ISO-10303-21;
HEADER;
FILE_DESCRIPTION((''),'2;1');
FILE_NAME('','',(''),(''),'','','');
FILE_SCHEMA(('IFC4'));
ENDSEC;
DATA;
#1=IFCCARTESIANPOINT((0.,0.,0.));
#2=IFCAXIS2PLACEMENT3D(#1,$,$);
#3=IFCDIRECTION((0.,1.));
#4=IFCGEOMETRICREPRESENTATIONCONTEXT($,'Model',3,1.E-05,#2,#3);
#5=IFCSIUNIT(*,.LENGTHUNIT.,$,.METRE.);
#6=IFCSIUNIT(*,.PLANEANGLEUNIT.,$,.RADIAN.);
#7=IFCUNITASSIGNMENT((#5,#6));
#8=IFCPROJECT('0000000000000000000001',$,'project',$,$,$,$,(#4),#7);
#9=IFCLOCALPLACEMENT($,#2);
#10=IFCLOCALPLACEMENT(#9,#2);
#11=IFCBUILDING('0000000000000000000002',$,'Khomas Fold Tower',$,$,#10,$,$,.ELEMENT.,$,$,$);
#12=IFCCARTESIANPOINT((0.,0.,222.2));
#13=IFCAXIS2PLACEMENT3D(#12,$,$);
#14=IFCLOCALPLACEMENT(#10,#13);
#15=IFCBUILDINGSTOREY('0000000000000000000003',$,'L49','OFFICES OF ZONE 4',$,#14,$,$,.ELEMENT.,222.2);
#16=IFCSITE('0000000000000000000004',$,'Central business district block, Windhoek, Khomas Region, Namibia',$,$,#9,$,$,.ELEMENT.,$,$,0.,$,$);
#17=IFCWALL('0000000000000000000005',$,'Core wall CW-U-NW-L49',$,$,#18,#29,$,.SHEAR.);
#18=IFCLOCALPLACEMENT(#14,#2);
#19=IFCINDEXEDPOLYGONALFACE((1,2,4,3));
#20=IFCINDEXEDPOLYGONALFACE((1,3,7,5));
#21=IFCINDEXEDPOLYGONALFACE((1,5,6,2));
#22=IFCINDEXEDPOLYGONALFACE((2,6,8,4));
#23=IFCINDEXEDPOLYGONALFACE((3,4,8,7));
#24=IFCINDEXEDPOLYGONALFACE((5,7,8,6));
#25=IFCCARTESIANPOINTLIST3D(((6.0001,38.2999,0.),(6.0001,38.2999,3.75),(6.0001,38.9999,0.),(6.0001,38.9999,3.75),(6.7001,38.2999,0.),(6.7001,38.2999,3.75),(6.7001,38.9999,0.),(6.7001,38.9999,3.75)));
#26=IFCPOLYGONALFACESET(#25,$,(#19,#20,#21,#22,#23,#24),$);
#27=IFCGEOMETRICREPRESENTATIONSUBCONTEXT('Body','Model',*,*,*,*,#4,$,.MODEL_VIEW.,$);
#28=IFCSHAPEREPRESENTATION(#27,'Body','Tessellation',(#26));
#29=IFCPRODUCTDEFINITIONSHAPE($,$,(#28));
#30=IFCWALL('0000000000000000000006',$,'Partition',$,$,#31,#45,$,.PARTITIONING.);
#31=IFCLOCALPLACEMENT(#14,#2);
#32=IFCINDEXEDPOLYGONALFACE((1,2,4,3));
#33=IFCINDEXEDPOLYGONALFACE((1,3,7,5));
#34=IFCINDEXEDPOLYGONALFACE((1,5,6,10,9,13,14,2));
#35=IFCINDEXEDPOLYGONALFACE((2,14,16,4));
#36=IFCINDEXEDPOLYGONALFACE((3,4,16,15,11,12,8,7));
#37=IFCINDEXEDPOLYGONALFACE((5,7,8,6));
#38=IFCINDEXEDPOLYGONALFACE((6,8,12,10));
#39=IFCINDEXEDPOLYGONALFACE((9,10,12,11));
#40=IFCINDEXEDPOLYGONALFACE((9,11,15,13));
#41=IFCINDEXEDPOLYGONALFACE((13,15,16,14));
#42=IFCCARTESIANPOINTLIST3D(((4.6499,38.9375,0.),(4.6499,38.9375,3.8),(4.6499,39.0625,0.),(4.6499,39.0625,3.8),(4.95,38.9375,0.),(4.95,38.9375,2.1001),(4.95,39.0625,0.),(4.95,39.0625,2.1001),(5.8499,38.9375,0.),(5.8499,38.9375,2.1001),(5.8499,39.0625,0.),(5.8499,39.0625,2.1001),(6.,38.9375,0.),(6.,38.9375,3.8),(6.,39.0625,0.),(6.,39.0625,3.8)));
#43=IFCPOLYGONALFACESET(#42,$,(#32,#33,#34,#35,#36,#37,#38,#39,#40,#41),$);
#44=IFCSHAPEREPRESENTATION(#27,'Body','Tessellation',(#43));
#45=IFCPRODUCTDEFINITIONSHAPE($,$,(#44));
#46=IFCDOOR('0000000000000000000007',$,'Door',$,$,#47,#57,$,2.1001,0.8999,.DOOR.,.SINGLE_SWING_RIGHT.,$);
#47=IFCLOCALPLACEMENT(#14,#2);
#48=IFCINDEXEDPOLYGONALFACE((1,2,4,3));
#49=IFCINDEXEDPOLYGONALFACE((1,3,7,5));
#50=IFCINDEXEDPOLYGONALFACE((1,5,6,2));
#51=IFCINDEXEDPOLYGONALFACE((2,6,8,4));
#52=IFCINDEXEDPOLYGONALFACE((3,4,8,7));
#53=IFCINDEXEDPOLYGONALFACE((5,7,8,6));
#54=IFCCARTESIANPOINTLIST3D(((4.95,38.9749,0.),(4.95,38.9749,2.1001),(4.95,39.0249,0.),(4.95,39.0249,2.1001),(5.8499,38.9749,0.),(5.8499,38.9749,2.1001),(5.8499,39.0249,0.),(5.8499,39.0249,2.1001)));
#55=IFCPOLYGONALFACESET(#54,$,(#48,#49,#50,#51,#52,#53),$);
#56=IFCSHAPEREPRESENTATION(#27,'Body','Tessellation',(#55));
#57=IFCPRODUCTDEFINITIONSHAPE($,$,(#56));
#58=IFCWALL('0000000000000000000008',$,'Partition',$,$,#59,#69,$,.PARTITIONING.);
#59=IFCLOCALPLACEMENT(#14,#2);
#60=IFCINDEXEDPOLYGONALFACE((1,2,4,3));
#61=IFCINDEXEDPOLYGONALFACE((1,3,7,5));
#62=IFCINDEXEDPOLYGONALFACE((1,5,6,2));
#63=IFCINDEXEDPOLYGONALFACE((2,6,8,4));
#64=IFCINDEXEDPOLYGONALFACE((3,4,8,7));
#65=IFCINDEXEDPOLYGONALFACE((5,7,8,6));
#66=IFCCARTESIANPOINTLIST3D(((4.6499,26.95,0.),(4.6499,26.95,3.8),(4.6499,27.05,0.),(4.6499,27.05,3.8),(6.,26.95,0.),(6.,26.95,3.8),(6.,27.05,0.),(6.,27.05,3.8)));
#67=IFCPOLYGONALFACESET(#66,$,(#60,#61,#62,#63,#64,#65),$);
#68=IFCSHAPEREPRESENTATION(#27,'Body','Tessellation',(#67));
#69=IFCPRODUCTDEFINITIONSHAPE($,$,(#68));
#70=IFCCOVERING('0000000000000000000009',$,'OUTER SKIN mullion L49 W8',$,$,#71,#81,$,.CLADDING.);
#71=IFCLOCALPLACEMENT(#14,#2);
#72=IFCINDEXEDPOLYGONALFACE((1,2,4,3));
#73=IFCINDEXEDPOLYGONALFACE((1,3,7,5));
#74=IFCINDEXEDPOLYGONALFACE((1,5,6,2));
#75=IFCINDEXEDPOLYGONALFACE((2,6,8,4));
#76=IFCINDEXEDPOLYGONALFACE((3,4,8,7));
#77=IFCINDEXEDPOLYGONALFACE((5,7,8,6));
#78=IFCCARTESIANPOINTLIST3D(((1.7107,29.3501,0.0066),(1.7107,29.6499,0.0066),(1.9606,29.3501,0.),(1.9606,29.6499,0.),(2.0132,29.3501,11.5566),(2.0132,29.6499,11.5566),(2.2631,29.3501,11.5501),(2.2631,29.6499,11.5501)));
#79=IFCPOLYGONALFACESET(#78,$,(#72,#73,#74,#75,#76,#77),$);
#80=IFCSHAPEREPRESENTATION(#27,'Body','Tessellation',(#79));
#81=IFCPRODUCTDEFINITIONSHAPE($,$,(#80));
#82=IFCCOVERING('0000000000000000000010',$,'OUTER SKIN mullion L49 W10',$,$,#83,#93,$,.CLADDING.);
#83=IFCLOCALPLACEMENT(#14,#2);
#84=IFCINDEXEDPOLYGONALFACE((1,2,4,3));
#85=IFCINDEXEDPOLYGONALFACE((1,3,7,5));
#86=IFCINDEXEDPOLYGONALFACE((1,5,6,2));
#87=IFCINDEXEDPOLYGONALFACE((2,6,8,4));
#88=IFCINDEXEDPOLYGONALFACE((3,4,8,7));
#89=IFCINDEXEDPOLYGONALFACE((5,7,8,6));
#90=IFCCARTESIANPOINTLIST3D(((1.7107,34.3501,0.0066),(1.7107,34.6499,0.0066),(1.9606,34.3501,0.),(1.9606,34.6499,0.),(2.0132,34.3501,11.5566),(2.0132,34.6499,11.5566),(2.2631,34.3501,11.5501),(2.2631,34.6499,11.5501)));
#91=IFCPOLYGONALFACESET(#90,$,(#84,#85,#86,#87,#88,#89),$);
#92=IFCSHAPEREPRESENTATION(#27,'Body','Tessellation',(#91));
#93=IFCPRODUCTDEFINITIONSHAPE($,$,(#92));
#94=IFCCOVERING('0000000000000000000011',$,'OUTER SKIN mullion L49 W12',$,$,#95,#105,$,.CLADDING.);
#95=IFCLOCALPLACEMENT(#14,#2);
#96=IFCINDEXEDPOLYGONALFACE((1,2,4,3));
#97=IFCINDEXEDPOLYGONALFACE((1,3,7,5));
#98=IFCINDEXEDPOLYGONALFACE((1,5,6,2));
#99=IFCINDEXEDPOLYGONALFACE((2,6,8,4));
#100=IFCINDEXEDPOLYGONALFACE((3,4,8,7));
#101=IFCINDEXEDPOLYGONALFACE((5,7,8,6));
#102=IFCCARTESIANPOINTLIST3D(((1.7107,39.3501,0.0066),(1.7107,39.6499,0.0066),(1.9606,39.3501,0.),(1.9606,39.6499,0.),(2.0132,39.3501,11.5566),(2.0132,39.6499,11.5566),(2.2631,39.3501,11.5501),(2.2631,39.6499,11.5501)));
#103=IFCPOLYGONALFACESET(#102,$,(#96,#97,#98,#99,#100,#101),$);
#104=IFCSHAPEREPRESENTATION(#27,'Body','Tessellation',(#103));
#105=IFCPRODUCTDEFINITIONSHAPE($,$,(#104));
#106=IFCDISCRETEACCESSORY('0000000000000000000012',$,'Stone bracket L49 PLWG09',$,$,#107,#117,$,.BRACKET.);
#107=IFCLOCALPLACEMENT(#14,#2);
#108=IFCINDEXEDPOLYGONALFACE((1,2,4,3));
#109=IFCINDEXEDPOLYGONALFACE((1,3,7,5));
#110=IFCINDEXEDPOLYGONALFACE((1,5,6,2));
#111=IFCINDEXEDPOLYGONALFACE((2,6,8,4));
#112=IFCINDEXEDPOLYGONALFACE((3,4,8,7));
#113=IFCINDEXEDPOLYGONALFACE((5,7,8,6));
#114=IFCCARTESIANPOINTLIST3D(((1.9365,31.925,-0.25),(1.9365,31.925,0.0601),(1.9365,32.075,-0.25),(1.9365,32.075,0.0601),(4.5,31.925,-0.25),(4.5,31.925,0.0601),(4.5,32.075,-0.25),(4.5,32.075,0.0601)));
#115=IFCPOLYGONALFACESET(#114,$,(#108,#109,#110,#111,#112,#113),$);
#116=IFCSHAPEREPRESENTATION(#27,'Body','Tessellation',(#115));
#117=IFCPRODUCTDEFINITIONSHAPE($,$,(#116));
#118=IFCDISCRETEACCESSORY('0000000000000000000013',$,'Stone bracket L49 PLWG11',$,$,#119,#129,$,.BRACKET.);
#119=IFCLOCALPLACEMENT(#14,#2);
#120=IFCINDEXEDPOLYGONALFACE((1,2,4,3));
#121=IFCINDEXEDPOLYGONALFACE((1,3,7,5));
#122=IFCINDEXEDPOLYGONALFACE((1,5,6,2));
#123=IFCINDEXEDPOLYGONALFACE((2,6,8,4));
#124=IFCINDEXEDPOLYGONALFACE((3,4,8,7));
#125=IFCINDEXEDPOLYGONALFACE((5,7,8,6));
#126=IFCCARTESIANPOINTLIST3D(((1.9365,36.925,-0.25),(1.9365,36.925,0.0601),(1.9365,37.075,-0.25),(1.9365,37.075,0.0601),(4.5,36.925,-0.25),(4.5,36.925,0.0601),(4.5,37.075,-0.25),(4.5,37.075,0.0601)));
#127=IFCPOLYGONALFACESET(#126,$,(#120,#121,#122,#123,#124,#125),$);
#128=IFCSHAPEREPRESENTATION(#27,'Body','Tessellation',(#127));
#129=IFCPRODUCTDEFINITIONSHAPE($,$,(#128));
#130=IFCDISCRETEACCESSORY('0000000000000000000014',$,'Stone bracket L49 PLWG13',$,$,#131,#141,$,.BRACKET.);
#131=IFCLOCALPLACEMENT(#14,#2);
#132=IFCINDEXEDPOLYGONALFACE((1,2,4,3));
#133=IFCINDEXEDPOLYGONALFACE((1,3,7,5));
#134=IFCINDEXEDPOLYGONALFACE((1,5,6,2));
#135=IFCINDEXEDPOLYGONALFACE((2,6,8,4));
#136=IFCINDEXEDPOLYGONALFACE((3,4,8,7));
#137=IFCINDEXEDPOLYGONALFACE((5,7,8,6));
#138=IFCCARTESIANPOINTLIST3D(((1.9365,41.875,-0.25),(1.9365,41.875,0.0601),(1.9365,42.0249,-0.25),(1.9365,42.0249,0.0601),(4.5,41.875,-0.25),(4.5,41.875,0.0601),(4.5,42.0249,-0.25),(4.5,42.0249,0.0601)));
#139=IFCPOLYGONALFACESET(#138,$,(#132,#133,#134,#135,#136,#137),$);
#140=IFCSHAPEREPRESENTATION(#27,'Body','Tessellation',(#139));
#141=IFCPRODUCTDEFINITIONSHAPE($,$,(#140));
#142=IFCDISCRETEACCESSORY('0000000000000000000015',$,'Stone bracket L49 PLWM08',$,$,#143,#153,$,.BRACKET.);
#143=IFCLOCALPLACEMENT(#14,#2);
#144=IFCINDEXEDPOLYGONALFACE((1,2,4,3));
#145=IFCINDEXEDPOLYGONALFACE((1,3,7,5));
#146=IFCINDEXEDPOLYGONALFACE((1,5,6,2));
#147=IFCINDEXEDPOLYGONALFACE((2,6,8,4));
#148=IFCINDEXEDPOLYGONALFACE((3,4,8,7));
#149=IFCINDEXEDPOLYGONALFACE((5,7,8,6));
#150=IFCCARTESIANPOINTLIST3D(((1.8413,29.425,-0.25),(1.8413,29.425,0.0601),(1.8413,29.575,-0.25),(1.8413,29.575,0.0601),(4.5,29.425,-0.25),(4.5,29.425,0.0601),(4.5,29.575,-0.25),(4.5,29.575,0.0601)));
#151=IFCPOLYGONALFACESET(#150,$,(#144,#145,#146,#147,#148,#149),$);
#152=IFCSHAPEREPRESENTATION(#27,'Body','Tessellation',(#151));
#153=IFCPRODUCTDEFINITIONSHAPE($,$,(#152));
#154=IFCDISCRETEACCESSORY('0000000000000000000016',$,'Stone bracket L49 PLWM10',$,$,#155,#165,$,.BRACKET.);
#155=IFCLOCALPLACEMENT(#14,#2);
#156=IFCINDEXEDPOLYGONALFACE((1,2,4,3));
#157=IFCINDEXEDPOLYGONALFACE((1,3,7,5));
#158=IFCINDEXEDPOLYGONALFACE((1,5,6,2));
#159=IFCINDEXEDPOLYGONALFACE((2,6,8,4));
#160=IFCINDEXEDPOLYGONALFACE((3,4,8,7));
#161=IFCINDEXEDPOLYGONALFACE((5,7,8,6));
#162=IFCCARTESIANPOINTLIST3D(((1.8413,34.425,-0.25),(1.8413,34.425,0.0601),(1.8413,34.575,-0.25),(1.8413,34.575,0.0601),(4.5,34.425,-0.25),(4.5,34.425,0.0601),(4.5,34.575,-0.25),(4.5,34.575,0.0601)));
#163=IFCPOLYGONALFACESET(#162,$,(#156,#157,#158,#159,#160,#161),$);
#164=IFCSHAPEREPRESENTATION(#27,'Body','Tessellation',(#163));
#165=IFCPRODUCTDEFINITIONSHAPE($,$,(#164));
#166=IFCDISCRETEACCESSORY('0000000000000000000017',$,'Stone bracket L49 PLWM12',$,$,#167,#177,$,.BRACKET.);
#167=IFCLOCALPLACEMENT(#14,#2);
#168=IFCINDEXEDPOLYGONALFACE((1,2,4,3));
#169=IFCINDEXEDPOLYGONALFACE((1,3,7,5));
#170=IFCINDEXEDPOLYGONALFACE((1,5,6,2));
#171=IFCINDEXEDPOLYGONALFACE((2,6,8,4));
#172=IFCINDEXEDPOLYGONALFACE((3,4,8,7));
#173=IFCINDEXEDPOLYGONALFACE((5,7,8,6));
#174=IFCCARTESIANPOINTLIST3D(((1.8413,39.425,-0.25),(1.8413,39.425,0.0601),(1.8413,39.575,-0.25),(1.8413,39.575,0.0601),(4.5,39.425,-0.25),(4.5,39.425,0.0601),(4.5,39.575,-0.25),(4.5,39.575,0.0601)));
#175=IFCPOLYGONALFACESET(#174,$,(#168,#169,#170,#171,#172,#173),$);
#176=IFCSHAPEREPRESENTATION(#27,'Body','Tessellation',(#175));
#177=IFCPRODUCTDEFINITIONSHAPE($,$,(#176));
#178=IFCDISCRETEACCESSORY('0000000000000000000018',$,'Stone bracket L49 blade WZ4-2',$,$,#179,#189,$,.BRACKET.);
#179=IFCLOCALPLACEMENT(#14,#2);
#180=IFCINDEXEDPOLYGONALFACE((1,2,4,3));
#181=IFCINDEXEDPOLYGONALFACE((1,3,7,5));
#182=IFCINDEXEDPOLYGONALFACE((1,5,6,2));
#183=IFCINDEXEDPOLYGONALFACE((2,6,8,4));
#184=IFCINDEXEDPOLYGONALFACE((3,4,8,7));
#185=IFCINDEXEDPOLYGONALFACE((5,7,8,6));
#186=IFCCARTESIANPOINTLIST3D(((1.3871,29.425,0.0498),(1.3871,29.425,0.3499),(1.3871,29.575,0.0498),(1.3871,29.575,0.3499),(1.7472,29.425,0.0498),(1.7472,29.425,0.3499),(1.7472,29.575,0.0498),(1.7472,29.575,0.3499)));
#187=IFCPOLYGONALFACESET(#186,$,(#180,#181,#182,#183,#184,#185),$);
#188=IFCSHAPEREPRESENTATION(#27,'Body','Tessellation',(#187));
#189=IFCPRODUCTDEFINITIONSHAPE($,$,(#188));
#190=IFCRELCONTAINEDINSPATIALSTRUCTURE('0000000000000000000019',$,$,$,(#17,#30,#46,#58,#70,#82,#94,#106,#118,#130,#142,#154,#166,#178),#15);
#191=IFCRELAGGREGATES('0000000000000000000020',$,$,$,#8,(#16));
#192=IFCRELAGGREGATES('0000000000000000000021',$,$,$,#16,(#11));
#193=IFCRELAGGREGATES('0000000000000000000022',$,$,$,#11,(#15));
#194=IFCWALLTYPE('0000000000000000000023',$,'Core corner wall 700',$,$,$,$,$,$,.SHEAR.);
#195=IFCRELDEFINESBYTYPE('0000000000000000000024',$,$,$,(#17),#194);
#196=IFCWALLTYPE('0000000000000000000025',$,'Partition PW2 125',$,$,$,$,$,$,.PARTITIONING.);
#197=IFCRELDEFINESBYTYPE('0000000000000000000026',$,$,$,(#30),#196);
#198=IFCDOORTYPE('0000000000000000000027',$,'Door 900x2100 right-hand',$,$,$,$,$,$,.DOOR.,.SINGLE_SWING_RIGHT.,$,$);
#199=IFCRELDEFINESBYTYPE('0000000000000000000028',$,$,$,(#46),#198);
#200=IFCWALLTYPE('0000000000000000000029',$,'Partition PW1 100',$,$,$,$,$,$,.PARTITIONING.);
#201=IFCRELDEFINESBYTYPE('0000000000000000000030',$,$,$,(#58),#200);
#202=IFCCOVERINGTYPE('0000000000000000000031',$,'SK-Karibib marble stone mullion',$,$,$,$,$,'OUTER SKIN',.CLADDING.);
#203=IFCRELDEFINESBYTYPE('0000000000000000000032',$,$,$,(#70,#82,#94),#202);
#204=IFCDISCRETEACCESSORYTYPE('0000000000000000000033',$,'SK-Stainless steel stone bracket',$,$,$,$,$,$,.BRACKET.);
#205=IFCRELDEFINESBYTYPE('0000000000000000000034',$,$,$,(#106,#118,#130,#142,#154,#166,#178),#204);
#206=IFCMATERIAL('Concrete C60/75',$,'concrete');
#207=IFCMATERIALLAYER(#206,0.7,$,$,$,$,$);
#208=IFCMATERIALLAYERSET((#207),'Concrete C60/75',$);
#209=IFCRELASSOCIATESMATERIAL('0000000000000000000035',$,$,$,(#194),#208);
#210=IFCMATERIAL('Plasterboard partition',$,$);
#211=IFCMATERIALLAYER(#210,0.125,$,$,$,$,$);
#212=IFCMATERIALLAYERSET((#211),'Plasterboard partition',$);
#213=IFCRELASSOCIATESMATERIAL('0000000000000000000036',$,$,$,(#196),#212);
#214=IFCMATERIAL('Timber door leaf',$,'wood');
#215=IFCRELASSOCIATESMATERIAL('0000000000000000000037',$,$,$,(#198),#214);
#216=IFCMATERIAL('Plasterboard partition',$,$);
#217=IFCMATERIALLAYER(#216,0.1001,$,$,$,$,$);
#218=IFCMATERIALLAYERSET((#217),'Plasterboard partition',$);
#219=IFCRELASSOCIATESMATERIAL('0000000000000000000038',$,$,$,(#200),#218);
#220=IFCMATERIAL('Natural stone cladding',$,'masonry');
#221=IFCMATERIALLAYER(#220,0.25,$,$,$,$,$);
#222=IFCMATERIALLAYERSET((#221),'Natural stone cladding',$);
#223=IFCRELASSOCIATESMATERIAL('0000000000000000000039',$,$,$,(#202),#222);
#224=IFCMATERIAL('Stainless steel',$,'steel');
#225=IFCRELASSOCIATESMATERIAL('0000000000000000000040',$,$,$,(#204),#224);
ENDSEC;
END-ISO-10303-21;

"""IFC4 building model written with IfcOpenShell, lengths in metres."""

from ifc_helpers import new_model, si_unit, direction, frame, frame_2d, origin, origin_2d, place, context, subcontext, project, spatial, polyline, rectangle, outline, extrude, source, transform, mapped, material, layer, layer_set, type_object, element, fill, save


model = new_model("IFC4")

# Units and contexts
model_context = context("Model", 3, precision=1e-05, world=origin(), true_north=direction((0.0, 1.0)))
body_context = subcontext(model_context, "Body", "Model", "MODEL_VIEW")
ifc_project = project(units=[si_unit("LENGTHUNIT", "METRE"), si_unit("PLANEANGLEUNIT", "RADIAN")], contexts=[model_context])

# Site, building, storey
site_placement = place(None, origin())
site = spatial("IfcSite", under=ifc_project, at=site_placement, Name="Central business district block, Windhoek, Khomas Region, Namibia", CompositionType="ELEMENT", RefElevation=0.0)
building_placement = place(site_placement, origin())
building = spatial("IfcBuilding", under=site, at=building_placement, Name="Khomas Fold Tower", CompositionType="ELEMENT")
storey_placement = place(building_placement, frame((0.0, 0.0, 222.2)))
storey = spatial("IfcBuildingStorey", under=building, at=storey_placement, Name="L49", Description="OFFICES OF ZONE 4", CompositionType="ELEMENT", Elevation=222.2)

# Wall
ifc_material_1 = material(Name="Concrete C60/75", Category="concrete")
ifc_layer_1 = layer(ifc_material_1, 0.7)
ifc_layer_set_1 = layer_set([ifc_layer_1], Name="Concrete C60/75")
wall_type_1 = type_object("IfcWallType", Name="Core corner wall 700", PredefinedType="SHEAR", material=ifc_layer_set_1)
shared_shape_1 = source(origin(), body_context, "Body", "SweptSolid", [
    extrude(rectangle(XDim=0.7, YDim=0.7, at=frame_2d((0.3501, 0.0))), origin(), (0.0, 0.0, 1.0), 3.75),
])
wall_1_placement = place(storey_placement, frame((6.0, 38.6499, 0.0), z_axis=(0.0, 0.0, 1.0), x_axis=(1.0, 0.0, 0.0)))
element("IfcWall", 1, at=wall_1_placement, inside=storey, type_object=wall_type_1, Name="Core wall CW-U-NW-L49", PredefinedType="SHEAR", context=body_context, shape_type="MappedRepresentation", body=[
    mapped(shared_shape_1, transform((0.0, 0.0, 0.0))),
])

# Wall, opening, door
ifc_material_2 = material(Name="Plasterboard partition")
ifc_layer_2 = layer(ifc_material_2, 0.125)
ifc_layer_set_2 = layer_set([ifc_layer_2], Name="Plasterboard partition")
wall_type_2 = type_object("IfcWallType", Name="Partition PW2 125", PredefinedType="PARTITIONING", material=ifc_layer_set_2)
shared_shape_2 = source(origin(), body_context, "Body", "SweptSolid", [
    extrude(rectangle(XDim=1.3501, YDim=0.125, at=frame_2d((0.675, 0.0))), origin(), (0.0, 0.0, 1.0), 3.8),
])
wall_2_placement = place(storey_placement, frame((4.6499, 39.0, 0.0), z_axis=(0.0, 0.0, 1.0), x_axis=(1.0, 0.0, 0.0)))
wall_2 = element("IfcWall", 2, at=wall_2_placement, inside=storey, type_object=wall_type_2, Name="Partition", PredefinedType="PARTITIONING", context=body_context, shape_type="MappedRepresentation", body=[
    mapped(shared_shape_2, transform((0.0, 0.0, 0.0))),
])
shared_shape_3 = source(origin(), body_context, "Body", "SweptSolid", [
    extrude(rectangle(XDim=0.8999, YDim=2.1001, at=frame_2d((0.45, 1.05))), frame((0.0, 0.0725, 0.0), z_axis=(0.0, -1.0, 0.0), x_axis=(1.0, 0.0, 0.0)), (0.0, 0.0, 1.0), 0.145),
])
opening_placement = place(wall_2_placement, frame((0.3, 0.0, 0.0)))
opening = element("IfcOpeningElement", 3, at=opening_placement, cuts=wall_2, PredefinedType="OPENING", context=body_context, shape_type="MappedRepresentation", body=[
    mapped(shared_shape_3, transform((0.0, 0.0, 0.0))),
])
ifc_material_3 = material(Name="Timber door leaf", Category="wood")
door_type = type_object("IfcDoorType", Name="Door 900x2100 right-hand", OperationType="SINGLE_SWING_RIGHT", PredefinedType="DOOR", material=ifc_material_3)
shared_shape_4 = source(origin(), body_context, "Body", "SweptSolid", [
    extrude(rectangle(XDim=0.8999, YDim=2.1001, at=frame_2d((0.45, 1.05))), frame((0.0, 0.0249, 0.0), z_axis=(0.0, -1.0, 0.0), x_axis=(1.0, 0.0, 0.0)), (0.0, 0.0, 1.0), 0.05),
])
door_placement = place(opening_placement, origin())
door = element("IfcDoor", 4, at=door_placement, inside=storey, type_object=door_type, Name="Door", OperationType="SINGLE_SWING_RIGHT", OverallHeight=2.1001, OverallWidth=0.8999, PredefinedType="DOOR", context=body_context, shape_type="MappedRepresentation", body=[
    mapped(shared_shape_4, transform((0.0, 0.0, 0.0))),
])
fill(opening, door)

# Wall
ifc_material_4 = material(Name="Plasterboard partition")
ifc_layer_3 = layer(ifc_material_4, 0.1001)
ifc_layer_set_3 = layer_set([ifc_layer_3], Name="Plasterboard partition")
wall_type_3 = type_object("IfcWallType", Name="Partition PW1 100", PredefinedType="PARTITIONING", material=ifc_layer_set_3)
shared_shape_5 = source(origin(), body_context, "Body", "SweptSolid", [
    extrude(rectangle(XDim=1.3501, YDim=0.1001, at=frame_2d((0.675, 0.0))), origin(), (0.0, 0.0, 1.0), 3.8),
])
wall_3_placement = place(storey_placement, frame((4.6499, 27.0, 0.0), z_axis=(0.0, 0.0, 1.0), x_axis=(1.0, 0.0, 0.0)))
element("IfcWall", 5, at=wall_3_placement, inside=storey, type_object=wall_type_3, Name="Partition", PredefinedType="PARTITIONING", context=body_context, shape_type="MappedRepresentation", body=[
    mapped(shared_shape_5, transform((0.0, 0.0, 0.0))),
])

# Coverings
ifc_material_5 = material(Name="Natural stone cladding", Category="masonry")
ifc_layer_4 = layer(ifc_material_5, 0.25)
ifc_layer_set_4 = layer_set([ifc_layer_4], Name="Natural stone cladding")
covering_type = type_object("IfcCoveringType", Name="SK-Karibib marble stone mullion", ElementType="OUTER SKIN", PredefinedType="CLADDING", material=ifc_layer_set_4)
for number, where, z_axis, x_axis, name in (
    (6, (1.7107, 29.3501, 0.0066), (-0.999657, 0.0, 0.026181), (0.0, 1.0, 0.0), "OUTER SKIN mullion L49 W8"),
    (7, (1.7107, 34.3501, 0.0066), (-0.999657, 0.0, 0.026181), (0.0, 1.0, 0.0), "OUTER SKIN mullion L49 W10"),
    (8, (1.7107, 39.3501, 0.0066), (-0.999657, 0.0, 0.026181), (0.0, 1.0, 0.0), "OUTER SKIN mullion L49 W12"),
):
    element("IfcCovering", number, at=place(storey_placement, frame(where, z_axis=z_axis, x_axis=x_axis)), inside=storey, type_object=covering_type, Name=name, PredefinedType="CLADDING", context=body_context, shape_type="SweptSolid", body=[
        extrude(outline(polyline([(0.0, 0.0), (0.2998, 0.0), (0.2998, -11.554), (0.0, -11.554), (0.0, 0.0)])), origin(), (0.0, 0.0, -1.0), 0.25),
    ])

# Discrete accessories
ifc_material_6 = material(Name="Stainless steel", Category="steel")
discrete_accessory_type = type_object("IfcDiscreteAccessoryType", Name="SK-Stainless steel stone bracket", PredefinedType="BRACKET", material=ifc_material_6)
shared_shape_6 = source(origin(), body_context, "Body", "SweptSolid", [
    extrude(rectangle(XDim=2.5635, YDim=0.1499, at=origin_2d()), origin(), (0.0, 0.0, 1.0), 0.3101),
])
for number, where, z_axis, x_axis, name in (
    (9, (3.2183, 32.0, -0.25), (0.0, 0.0, 1.0), (-1.0, 0.0, 0.0), "Stone bracket L49 PLWG09"),
    (10, (3.2183, 37.0, -0.25), (0.0, 0.0, 1.0), (-1.0, 0.0, 0.0), "Stone bracket L49 PLWG11"),
    (11, (3.2183, 41.95, -0.25), (0.0, 0.0, 1.0), (-1.0, 0.0, 0.0), "Stone bracket L49 PLWG13"),
):
    element("IfcDiscreteAccessory", number, at=place(storey_placement, frame(where, z_axis=z_axis, x_axis=x_axis)), inside=storey, type_object=discrete_accessory_type, Name=name, PredefinedType="BRACKET", context=body_context, shape_type="MappedRepresentation", body=[
        mapped(shared_shape_6, transform((0.0, 0.0, 0.0))),
    ])
shared_shape_7 = source(origin(), body_context, "Body", "SweptSolid", [
    extrude(rectangle(XDim=2.6587, YDim=0.1499, at=origin_2d()), origin(), (0.0, 0.0, 1.0), 0.3101),
])
for number, where, z_axis, x_axis, name in (
    (12, (3.1707, 29.5, -0.25), (0.0, 0.0, 1.0), (-1.0, 0.0, 0.0), "Stone bracket L49 PLWM08"),
    (13, (3.1707, 34.5, -0.25), (0.0, 0.0, 1.0), (-1.0, 0.0, 0.0), "Stone bracket L49 PLWM10"),
    (14, (3.1707, 39.5, -0.25), (0.0, 0.0, 1.0), (-1.0, 0.0, 0.0), "Stone bracket L49 PLWM12"),
):
    element("IfcDiscreteAccessory", number, at=place(storey_placement, frame(where, z_axis=z_axis, x_axis=x_axis)), inside=storey, type_object=discrete_accessory_type, Name=name, PredefinedType="BRACKET", context=body_context, shape_type="MappedRepresentation", body=[
        mapped(shared_shape_7, transform((0.0, 0.0, 0.0))),
    ])
shared_shape_8 = source(origin(), body_context, "Body", "SweptSolid", [
    extrude(rectangle(XDim=0.3601, YDim=0.1499, at=origin_2d()), origin(), (0.0, 0.0, 1.0), 0.3),
])
discrete_accessory_placement = place(storey_placement, frame((1.5671, 29.5, 0.0498), z_axis=(0.0, 0.0, 1.0), x_axis=(-1.0, 0.0, 0.0)))
element("IfcDiscreteAccessory", 15, at=discrete_accessory_placement, inside=storey, type_object=discrete_accessory_type, Name="Stone bracket L49 blade WZ4-2", PredefinedType="BRACKET", context=body_context, shape_type="MappedRepresentation", body=[
    mapped(shared_shape_8, transform((0.0, 0.0, 0.0))),
])

save(model, "model.ifc")
